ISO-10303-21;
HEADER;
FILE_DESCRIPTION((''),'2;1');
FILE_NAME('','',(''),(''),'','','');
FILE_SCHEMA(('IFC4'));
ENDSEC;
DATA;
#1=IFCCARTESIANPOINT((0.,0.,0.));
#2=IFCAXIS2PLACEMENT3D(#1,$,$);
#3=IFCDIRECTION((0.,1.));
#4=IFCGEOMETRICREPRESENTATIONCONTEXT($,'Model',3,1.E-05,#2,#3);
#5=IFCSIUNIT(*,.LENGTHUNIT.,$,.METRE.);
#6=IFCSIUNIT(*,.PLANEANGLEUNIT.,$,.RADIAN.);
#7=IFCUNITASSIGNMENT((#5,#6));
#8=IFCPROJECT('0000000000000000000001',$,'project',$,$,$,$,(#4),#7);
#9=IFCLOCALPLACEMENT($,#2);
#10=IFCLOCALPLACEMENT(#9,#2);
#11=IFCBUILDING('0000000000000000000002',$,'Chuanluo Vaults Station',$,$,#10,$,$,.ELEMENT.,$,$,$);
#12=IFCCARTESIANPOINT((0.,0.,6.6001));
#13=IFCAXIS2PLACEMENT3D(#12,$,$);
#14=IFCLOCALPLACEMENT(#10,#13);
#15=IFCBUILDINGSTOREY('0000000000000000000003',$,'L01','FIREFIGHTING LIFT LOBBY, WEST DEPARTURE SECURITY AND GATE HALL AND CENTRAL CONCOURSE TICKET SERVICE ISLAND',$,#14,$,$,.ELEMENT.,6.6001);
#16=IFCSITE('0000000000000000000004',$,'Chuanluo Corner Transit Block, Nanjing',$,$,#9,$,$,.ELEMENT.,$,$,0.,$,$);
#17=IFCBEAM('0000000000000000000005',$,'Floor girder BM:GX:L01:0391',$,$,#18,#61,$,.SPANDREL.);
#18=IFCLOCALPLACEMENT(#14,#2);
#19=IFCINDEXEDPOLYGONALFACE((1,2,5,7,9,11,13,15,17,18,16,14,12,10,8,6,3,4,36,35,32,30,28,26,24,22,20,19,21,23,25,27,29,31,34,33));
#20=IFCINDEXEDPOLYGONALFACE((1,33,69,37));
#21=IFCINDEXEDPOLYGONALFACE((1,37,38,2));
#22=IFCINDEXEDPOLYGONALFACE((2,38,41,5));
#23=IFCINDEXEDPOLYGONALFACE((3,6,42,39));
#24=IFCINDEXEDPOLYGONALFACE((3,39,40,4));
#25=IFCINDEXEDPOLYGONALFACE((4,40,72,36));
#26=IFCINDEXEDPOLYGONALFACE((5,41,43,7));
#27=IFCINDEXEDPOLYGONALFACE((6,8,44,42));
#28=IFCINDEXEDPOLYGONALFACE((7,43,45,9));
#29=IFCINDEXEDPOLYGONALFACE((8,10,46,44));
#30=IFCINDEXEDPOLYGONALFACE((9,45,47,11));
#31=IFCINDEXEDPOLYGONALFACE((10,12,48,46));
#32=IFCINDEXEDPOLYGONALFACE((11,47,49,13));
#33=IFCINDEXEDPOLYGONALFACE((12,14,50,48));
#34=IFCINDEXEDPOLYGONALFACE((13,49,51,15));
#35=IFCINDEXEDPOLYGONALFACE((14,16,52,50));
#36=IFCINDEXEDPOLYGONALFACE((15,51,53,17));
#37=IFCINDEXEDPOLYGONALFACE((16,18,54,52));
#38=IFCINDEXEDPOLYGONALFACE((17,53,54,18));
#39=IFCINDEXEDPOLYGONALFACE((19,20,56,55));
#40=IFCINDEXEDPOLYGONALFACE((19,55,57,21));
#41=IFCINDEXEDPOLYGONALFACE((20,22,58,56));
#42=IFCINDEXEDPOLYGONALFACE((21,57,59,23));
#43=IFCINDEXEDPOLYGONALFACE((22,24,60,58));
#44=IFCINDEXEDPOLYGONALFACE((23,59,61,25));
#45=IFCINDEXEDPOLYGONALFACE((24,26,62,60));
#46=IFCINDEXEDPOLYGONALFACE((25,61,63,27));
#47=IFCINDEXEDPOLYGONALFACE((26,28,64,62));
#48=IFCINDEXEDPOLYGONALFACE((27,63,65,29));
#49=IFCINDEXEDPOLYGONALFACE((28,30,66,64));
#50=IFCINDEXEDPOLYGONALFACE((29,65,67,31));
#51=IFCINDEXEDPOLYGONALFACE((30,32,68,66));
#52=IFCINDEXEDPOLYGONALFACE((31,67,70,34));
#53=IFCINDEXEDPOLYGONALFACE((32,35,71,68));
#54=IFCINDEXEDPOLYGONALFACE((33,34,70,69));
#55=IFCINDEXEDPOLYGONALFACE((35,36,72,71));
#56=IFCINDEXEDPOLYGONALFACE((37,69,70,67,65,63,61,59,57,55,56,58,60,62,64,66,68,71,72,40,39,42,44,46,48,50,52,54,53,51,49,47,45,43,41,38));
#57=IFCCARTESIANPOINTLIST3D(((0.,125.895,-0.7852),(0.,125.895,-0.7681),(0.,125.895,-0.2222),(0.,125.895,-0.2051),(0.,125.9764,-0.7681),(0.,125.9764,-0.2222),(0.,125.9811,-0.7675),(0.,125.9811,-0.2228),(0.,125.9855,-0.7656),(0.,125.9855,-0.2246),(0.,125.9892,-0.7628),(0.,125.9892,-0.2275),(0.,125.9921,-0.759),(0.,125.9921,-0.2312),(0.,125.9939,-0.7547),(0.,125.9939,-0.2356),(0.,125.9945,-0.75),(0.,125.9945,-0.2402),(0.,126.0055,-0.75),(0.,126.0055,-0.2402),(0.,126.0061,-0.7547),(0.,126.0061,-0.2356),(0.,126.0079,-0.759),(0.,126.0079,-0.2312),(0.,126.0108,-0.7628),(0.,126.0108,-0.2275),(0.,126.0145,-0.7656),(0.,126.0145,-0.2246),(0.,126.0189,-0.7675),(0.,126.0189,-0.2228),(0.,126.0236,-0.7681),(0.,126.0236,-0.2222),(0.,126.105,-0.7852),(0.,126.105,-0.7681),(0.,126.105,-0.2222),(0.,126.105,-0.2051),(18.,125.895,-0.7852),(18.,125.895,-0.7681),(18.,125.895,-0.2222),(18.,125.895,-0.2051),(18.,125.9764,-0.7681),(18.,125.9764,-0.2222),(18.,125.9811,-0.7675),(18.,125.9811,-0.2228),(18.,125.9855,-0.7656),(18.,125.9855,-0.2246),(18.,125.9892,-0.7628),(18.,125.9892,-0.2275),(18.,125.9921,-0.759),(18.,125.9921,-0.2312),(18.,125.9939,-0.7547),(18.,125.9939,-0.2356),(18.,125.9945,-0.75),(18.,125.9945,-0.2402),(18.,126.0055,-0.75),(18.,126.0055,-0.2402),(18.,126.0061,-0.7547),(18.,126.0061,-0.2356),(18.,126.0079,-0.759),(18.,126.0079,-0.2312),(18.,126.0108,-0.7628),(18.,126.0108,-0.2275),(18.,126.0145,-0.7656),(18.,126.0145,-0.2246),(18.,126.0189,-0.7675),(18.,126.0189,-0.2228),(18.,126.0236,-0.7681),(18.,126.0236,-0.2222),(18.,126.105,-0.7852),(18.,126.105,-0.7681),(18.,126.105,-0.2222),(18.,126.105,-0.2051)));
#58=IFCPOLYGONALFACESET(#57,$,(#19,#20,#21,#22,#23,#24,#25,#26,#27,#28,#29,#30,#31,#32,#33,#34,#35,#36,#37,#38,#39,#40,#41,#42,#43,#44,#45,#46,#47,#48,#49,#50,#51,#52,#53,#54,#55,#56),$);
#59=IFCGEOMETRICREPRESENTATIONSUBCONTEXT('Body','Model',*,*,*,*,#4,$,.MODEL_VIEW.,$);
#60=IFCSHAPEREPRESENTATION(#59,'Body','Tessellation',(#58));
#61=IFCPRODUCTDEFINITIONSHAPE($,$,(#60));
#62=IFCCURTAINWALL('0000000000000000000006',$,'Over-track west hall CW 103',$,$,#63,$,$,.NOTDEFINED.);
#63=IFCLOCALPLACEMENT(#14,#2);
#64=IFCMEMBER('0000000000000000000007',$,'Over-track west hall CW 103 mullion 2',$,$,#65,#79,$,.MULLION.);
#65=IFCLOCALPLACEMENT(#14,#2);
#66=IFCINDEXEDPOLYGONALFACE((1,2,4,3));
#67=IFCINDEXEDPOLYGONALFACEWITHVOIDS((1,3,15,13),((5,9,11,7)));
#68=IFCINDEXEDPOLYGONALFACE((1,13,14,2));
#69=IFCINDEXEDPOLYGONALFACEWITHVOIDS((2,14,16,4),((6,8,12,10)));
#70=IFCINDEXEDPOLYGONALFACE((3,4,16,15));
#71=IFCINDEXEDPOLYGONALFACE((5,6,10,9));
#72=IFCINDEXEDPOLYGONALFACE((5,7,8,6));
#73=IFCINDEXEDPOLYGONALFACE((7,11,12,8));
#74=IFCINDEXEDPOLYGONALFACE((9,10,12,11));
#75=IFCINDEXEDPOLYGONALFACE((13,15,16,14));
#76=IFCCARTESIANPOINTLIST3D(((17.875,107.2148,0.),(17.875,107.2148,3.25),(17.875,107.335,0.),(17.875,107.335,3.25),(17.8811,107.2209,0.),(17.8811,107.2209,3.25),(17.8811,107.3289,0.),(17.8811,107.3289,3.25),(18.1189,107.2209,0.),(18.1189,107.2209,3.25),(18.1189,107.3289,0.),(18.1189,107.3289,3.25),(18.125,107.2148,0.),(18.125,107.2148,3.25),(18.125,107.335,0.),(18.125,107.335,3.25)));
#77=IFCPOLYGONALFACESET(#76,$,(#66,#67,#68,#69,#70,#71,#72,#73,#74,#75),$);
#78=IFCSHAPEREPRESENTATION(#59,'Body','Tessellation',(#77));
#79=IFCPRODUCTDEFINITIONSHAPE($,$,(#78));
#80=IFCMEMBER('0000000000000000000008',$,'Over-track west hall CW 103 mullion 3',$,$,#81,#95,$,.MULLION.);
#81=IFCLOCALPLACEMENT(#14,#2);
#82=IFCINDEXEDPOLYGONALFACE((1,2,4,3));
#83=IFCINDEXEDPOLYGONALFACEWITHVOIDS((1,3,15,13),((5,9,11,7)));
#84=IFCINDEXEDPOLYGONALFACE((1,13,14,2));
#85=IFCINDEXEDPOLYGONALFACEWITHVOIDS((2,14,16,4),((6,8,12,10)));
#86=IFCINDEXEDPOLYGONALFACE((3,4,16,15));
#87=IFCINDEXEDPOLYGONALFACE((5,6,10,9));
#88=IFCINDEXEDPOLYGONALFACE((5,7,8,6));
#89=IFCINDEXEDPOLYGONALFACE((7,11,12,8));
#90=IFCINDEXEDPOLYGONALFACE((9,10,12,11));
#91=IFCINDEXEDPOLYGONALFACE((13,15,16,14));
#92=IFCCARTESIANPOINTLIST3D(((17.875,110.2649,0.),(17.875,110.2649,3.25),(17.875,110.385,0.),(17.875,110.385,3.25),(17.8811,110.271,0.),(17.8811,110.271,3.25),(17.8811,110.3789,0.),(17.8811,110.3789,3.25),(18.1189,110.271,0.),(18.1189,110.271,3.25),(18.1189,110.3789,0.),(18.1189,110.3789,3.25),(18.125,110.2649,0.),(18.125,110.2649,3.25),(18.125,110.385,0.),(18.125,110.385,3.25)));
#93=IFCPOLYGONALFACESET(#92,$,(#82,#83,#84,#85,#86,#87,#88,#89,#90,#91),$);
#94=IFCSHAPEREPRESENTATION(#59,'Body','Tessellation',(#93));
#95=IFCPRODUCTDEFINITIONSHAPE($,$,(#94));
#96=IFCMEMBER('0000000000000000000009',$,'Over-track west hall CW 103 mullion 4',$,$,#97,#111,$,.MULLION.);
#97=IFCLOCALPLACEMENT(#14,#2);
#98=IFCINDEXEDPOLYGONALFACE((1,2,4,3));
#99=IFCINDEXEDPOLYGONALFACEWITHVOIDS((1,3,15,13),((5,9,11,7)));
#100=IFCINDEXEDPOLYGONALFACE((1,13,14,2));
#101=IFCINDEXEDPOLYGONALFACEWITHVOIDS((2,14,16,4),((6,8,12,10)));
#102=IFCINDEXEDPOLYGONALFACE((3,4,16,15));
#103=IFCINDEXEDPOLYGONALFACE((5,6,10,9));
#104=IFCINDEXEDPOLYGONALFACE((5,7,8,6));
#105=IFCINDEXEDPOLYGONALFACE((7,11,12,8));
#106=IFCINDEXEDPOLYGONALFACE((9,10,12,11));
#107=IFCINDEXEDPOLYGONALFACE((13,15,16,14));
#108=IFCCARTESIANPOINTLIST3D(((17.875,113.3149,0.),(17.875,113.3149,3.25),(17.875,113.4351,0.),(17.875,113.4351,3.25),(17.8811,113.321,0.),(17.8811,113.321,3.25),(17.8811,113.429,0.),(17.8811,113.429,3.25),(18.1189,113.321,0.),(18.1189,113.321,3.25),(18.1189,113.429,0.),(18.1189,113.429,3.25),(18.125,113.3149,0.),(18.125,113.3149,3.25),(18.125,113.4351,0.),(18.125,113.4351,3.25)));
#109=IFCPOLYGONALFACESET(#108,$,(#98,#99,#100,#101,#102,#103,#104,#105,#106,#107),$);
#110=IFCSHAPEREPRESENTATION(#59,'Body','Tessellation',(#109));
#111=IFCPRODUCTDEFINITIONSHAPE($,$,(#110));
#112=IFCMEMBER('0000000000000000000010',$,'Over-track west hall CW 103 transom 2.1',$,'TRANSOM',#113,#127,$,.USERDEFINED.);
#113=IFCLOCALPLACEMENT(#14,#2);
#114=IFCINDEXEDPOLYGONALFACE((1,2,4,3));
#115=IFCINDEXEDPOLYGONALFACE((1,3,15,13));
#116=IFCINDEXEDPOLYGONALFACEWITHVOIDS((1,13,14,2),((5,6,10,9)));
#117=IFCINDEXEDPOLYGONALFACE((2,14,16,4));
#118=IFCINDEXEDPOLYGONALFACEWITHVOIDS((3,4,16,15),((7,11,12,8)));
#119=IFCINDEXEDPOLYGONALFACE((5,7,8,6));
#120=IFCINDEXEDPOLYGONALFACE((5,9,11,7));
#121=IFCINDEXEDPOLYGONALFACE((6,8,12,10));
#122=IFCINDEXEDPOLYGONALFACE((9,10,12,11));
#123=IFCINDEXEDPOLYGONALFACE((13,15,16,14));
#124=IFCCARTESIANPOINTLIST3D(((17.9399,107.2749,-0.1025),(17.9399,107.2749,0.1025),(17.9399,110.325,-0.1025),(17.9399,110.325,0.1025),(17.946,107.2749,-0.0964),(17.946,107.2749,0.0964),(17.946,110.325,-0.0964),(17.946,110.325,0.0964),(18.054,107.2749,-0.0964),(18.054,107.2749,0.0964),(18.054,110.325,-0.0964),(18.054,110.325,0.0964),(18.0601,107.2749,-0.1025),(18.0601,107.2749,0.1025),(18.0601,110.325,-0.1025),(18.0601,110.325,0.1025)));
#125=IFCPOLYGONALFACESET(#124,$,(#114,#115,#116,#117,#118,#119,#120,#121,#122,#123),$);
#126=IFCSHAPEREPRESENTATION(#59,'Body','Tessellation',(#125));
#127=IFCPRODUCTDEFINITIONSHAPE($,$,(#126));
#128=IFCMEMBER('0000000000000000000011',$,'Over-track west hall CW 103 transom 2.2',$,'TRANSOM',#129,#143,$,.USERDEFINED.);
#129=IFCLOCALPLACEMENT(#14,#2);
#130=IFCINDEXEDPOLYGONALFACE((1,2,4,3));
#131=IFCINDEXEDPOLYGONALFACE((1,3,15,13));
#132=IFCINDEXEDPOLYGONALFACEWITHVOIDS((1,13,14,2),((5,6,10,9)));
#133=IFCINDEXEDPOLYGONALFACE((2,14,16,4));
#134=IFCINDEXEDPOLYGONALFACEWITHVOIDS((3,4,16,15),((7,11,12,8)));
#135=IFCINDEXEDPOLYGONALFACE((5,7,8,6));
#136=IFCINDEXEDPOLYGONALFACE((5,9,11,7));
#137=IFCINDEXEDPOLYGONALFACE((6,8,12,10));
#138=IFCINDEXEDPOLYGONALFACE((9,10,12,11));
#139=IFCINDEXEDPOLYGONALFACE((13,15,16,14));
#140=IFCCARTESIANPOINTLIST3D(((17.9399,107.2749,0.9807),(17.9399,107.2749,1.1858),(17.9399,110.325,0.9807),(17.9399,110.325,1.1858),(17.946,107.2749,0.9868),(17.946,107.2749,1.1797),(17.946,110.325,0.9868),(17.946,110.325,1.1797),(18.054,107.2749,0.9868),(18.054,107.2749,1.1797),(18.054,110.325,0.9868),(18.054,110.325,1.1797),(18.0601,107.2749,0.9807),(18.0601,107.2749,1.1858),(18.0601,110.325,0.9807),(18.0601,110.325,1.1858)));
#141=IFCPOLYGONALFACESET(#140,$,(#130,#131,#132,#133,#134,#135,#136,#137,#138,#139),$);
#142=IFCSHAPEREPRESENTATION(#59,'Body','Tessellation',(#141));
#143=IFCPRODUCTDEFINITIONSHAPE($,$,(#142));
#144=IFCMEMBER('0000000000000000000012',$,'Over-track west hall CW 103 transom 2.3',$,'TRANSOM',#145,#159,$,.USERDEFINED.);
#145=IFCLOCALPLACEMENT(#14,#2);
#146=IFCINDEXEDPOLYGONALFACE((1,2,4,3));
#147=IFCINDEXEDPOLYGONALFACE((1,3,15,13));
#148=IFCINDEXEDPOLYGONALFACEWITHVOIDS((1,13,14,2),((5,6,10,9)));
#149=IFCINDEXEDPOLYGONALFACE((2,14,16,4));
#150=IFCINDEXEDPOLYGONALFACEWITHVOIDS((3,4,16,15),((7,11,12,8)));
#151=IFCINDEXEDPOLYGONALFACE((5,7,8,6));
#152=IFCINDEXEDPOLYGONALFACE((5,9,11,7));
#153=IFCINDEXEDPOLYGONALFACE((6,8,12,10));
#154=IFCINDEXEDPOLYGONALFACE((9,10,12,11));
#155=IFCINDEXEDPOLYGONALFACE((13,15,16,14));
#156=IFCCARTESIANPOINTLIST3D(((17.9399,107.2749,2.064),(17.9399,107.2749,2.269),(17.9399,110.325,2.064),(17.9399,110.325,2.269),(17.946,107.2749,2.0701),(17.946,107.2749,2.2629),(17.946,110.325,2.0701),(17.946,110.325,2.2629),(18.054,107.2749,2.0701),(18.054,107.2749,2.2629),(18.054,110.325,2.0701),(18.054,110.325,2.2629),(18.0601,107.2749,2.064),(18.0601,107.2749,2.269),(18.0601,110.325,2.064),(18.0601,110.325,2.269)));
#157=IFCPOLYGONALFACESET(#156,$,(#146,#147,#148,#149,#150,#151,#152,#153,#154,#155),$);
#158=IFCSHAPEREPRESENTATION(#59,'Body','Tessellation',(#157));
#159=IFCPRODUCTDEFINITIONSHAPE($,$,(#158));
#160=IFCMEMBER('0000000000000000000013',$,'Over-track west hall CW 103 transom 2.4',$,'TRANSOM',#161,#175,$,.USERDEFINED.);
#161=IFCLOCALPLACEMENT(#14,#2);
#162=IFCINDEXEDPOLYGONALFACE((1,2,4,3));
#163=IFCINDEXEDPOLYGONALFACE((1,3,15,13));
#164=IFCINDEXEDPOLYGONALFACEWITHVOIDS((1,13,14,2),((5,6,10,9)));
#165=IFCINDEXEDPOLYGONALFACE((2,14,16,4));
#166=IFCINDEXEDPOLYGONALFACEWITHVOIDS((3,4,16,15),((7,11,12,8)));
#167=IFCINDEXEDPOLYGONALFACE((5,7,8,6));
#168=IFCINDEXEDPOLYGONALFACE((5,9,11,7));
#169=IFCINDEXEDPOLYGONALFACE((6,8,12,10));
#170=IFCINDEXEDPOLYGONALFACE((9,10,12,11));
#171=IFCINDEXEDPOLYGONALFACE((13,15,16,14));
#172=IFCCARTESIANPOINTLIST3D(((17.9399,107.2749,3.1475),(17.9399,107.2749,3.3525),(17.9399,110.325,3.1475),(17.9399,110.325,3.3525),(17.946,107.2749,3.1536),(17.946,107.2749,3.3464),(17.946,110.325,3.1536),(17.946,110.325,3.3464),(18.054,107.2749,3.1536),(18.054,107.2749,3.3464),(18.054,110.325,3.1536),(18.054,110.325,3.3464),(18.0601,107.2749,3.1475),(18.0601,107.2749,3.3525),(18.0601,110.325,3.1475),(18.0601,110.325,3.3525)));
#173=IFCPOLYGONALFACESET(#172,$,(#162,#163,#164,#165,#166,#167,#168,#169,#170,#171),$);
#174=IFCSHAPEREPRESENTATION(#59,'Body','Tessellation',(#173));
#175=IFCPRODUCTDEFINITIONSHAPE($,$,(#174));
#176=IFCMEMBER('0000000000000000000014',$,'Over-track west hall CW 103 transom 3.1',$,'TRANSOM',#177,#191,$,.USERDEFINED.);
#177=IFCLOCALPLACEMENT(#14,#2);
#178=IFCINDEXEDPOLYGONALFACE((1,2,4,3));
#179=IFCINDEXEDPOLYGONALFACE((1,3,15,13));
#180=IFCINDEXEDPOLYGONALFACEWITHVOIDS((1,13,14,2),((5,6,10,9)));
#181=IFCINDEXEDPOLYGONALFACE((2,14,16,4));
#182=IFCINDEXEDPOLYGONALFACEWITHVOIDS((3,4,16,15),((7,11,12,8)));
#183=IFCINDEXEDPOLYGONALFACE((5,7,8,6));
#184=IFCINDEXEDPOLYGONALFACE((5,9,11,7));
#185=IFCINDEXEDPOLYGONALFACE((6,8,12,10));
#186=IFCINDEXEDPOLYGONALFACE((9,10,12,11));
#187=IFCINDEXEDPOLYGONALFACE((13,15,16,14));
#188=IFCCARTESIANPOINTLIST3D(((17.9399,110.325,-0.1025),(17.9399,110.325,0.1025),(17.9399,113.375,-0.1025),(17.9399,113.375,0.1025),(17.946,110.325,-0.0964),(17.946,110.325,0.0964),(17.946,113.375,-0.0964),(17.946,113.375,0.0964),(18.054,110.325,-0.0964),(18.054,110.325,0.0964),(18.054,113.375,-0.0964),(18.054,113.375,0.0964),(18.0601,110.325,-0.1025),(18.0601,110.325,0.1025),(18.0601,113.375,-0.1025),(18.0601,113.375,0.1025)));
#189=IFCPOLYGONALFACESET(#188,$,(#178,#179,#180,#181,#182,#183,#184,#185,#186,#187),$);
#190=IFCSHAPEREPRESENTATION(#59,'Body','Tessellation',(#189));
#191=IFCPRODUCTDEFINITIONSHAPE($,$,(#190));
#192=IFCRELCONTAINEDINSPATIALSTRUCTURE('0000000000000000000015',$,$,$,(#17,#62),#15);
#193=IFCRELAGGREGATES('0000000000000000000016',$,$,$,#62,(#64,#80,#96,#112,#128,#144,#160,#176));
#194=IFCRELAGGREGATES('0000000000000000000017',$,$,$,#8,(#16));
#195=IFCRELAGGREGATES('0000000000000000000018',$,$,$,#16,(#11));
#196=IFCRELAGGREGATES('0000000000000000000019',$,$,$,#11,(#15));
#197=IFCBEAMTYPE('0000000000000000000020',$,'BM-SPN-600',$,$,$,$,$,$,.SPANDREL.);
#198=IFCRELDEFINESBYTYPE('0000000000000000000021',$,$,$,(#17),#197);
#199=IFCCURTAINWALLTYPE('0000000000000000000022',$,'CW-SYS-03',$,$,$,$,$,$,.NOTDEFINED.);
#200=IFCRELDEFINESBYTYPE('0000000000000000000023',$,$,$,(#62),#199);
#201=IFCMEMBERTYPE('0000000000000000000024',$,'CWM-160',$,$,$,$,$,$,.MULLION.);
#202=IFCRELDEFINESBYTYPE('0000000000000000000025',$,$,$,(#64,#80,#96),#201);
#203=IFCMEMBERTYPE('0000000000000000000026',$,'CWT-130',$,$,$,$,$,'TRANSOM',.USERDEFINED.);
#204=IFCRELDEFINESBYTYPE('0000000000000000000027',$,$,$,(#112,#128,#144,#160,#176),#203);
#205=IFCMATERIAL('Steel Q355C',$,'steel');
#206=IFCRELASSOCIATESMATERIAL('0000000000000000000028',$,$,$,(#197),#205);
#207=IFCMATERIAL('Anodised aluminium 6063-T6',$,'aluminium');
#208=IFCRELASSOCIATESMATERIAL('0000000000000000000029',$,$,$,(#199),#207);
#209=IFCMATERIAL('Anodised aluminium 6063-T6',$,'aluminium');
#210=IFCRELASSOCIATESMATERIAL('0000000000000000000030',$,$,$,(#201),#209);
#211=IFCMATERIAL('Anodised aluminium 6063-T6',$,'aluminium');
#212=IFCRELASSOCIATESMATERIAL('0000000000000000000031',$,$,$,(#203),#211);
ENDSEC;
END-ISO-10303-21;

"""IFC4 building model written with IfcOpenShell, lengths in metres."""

from ifc_helpers import new_model, si_unit, direction, frame, origin, origin_2d, place, context, subcontext, project, spatial, hollow_rectangle, i_section, extrude, material, material_profile, profile_set, type_object, element, aggregate, save


model = new_model("IFC4")

# Units and contexts
model_context = context("Model", 3, precision=1e-05, world=origin(), true_north=direction((0.0, 1.0)))
body_context = subcontext(model_context, "Body", "Model", "MODEL_VIEW")
ifc_project = project(units=[si_unit("LENGTHUNIT", "METRE"), si_unit("PLANEANGLEUNIT", "RADIAN")], contexts=[model_context])

# Site, building, storey
site_placement = place(None, origin())
site = spatial("IfcSite", under=ifc_project, at=site_placement, Name="Chuanluo Corner Transit Block, Nanjing", CompositionType="ELEMENT", RefElevation=0.0)
building_placement = place(site_placement, origin())
building = spatial("IfcBuilding", under=site, at=building_placement, Name="Chuanluo Vaults Station", CompositionType="ELEMENT")
storey_placement = place(building_placement, frame((0.0, 0.0, 6.6001)))
storey = spatial("IfcBuildingStorey", under=building, at=storey_placement, Name="L01", Description="FIREFIGHTING LIFT LOBBY, WEST DEPARTURE SECURITY AND GATE HALL AND CENTRAL CONCOURSE TICKET SERVICE ISLAND", CompositionType="ELEMENT", Elevation=6.6001)

# Beam
ifc_material_1 = material(Name="Steel Q355C", Category="steel")
ifc_material_profile_1 = material_profile(ifc_material_1, i_section(OverallWidth=0.21, OverallDepth=0.5801, WebThickness=0.011, FlangeThickness=0.0171, FilletRadius=0.0181, at=origin_2d()))
ifc_profile_set_1 = profile_set([ifc_material_profile_1], Name="Steel Q355C")
beam_type_1 = type_object("IfcBeamType", Name="BM-SPN-600", PredefinedType="SPANDREL", material=ifc_profile_set_1)
beam_1_placement = place(storey_placement, frame((0.0, 126.0, -0.4951), z_axis=(1.0, 0.0, 0.0), x_axis=(0.0, 1.0, 0.0)))
element("IfcBeam", 1, at=beam_1_placement, inside=storey, type_object=beam_type_1, Name="Floor girder BM:GX:L01:0391", PredefinedType="SPANDREL", context=body_context, shape_type="SweptSolid", body=[
    extrude(i_section(OverallWidth=0.21, OverallDepth=0.5801, WebThickness=0.011, FlangeThickness=0.0171, FilletRadius=0.0181, at=origin_2d()), origin(), (0.0, 0.0, 1.0), 18.0),
])

# Curtain wall, members
ifc_material_2 = material(Name="Anodised aluminium 6063-T6", Category="aluminium")
curtain_wall_type = type_object("IfcCurtainWallType", Name="CW-SYS-03", PredefinedType="NOTDEFINED", material=ifc_material_2)
curtain_wall_placement = place(storey_placement, origin())
curtain_wall = element("IfcCurtainWall", 2, at=curtain_wall_placement, inside=storey, type_object=curtain_wall_type, Name="Over-track west hall CW 103", PredefinedType="NOTDEFINED")
ifc_material_3 = material(Name="Anodised aluminium 6063-T6", Category="aluminium")
ifc_material_profile_2 = material_profile(ifc_material_3, hollow_rectangle(XDim=0.1201, YDim=0.25, WallThickness=0.0061, at=origin_2d()))
ifc_profile_set_2 = profile_set([ifc_material_profile_2], Name="Anodised aluminium 6063-T6")
member_type_1 = type_object("IfcMemberType", Name="CWM-160", PredefinedType="MULLION", material=ifc_profile_set_2)
member_1_placement = place(storey_placement, frame((18.0, 107.2749, 0.0), z_axis=(0.0, 0.0, 1.0), x_axis=(0.0, 1.0, 0.0)))
member_1 = element("IfcMember", 3, at=member_1_placement, type_object=member_type_1, Name="Over-track west hall CW 103 mullion 2", PredefinedType="MULLION", context=body_context, shape_type="SweptSolid", body=[
    extrude(hollow_rectangle(XDim=0.1201, YDim=0.25, WallThickness=0.0061, at=origin_2d()), origin(), (0.0, 0.0, 1.0), 3.25),
])
member_2_placement = place(storey_placement, frame((18.0, 110.325, 0.0), z_axis=(0.0, 0.0, 1.0), x_axis=(0.0, 1.0, 0.0)))
member_2 = element("IfcMember", 4, at=member_2_placement, type_object=member_type_1, Name="Over-track west hall CW 103 mullion 3", PredefinedType="MULLION", context=body_context, shape_type="SweptSolid", body=[
    extrude(hollow_rectangle(XDim=0.1201, YDim=0.25, WallThickness=0.0061, at=origin_2d()), origin(), (0.0, 0.0, 1.0), 3.25),
])
member_3_placement = place(storey_placement, frame((18.0, 113.375, 0.0), z_axis=(0.0, 0.0, 1.0), x_axis=(0.0, 1.0, 0.0)))
member_3 = element("IfcMember", 5, at=member_3_placement, type_object=member_type_1, Name="Over-track west hall CW 103 mullion 4", PredefinedType="MULLION", context=body_context, shape_type="SweptSolid", body=[
    extrude(hollow_rectangle(XDim=0.1201, YDim=0.25, WallThickness=0.0061, at=origin_2d()), origin(), (0.0, 0.0, 1.0), 3.25),
])
ifc_material_4 = material(Name="Anodised aluminium 6063-T6", Category="aluminium")
ifc_material_profile_3 = material_profile(ifc_material_4, hollow_rectangle(XDim=0.1201, YDim=0.2051, WallThickness=0.0061, at=origin_2d()))
ifc_profile_set_3 = profile_set([ifc_material_profile_3], Name="Anodised aluminium 6063-T6")
member_type_2 = type_object("IfcMemberType", Name="CWT-130", ElementType="TRANSOM", PredefinedType="USERDEFINED", material=ifc_profile_set_3)
member_4_placement = place(storey_placement, frame((18.0, 107.2749, 0.0), z_axis=(0.0, 1.0, 0.0), x_axis=(-1.0, 0.0, 0.0)))
member_4 = element("IfcMember", 6, at=member_4_placement, type_object=member_type_2, Name="Over-track west hall CW 103 transom 2.1", ObjectType="TRANSOM", PredefinedType="USERDEFINED", context=body_context, shape_type="SweptSolid", body=[
    extrude(hollow_rectangle(XDim=0.1201, YDim=0.2051, WallThickness=0.0061, at=origin_2d()), origin(), (0.0, 0.0, 1.0), 3.05),
])
member_5_placement = place(storey_placement, frame((18.0, 107.2749, 1.0833), z_axis=(0.0, 1.0, 0.0), x_axis=(-1.0, 0.0, 0.0)))
member_5 = element("IfcMember", 7, at=member_5_placement, type_object=member_type_2, Name="Over-track west hall CW 103 transom 2.2", ObjectType="TRANSOM", PredefinedType="USERDEFINED", context=body_context, shape_type="SweptSolid", body=[
    extrude(hollow_rectangle(XDim=0.1201, YDim=0.2051, WallThickness=0.0061, at=origin_2d()), origin(), (0.0, 0.0, 1.0), 3.05),
])
member_6_placement = place(storey_placement, frame((18.0, 107.2749, 2.1665), z_axis=(0.0, 1.0, 0.0), x_axis=(-1.0, 0.0, 0.0)))
member_6 = element("IfcMember", 8, at=member_6_placement, type_object=member_type_2, Name="Over-track west hall CW 103 transom 2.3", ObjectType="TRANSOM", PredefinedType="USERDEFINED", context=body_context, shape_type="SweptSolid", body=[
    extrude(hollow_rectangle(XDim=0.1201, YDim=0.2051, WallThickness=0.0061, at=origin_2d()), origin(), (0.0, 0.0, 1.0), 3.05),
])
member_7_placement = place(storey_placement, frame((18.0, 107.2749, 3.25), z_axis=(0.0, 1.0, 0.0), x_axis=(-1.0, 0.0, 0.0)))
member_7 = element("IfcMember", 9, at=member_7_placement, type_object=member_type_2, Name="Over-track west hall CW 103 transom 2.4", ObjectType="TRANSOM", PredefinedType="USERDEFINED", context=body_context, shape_type="SweptSolid", body=[
    extrude(hollow_rectangle(XDim=0.1201, YDim=0.2051, WallThickness=0.0061, at=origin_2d()), origin(), (0.0, 0.0, 1.0), 3.05),
])
member_8_placement = place(storey_placement, frame((18.0, 110.325, 0.0), z_axis=(0.0, 1.0, 0.0), x_axis=(-1.0, 0.0, 0.0)))
member_8 = element("IfcMember", 10, at=member_8_placement, type_object=member_type_2, Name="Over-track west hall CW 103 transom 3.1", ObjectType="TRANSOM", PredefinedType="USERDEFINED", context=body_context, shape_type="SweptSolid", body=[
    extrude(hollow_rectangle(XDim=0.1201, YDim=0.2051, WallThickness=0.0061, at=origin_2d()), origin(), (0.0, 0.0, 1.0), 3.05),
])
aggregate(curtain_wall, [member_1, member_2, member_3, member_4, member_5, member_6, member_7, member_8])

save(model, "model.ifc")
